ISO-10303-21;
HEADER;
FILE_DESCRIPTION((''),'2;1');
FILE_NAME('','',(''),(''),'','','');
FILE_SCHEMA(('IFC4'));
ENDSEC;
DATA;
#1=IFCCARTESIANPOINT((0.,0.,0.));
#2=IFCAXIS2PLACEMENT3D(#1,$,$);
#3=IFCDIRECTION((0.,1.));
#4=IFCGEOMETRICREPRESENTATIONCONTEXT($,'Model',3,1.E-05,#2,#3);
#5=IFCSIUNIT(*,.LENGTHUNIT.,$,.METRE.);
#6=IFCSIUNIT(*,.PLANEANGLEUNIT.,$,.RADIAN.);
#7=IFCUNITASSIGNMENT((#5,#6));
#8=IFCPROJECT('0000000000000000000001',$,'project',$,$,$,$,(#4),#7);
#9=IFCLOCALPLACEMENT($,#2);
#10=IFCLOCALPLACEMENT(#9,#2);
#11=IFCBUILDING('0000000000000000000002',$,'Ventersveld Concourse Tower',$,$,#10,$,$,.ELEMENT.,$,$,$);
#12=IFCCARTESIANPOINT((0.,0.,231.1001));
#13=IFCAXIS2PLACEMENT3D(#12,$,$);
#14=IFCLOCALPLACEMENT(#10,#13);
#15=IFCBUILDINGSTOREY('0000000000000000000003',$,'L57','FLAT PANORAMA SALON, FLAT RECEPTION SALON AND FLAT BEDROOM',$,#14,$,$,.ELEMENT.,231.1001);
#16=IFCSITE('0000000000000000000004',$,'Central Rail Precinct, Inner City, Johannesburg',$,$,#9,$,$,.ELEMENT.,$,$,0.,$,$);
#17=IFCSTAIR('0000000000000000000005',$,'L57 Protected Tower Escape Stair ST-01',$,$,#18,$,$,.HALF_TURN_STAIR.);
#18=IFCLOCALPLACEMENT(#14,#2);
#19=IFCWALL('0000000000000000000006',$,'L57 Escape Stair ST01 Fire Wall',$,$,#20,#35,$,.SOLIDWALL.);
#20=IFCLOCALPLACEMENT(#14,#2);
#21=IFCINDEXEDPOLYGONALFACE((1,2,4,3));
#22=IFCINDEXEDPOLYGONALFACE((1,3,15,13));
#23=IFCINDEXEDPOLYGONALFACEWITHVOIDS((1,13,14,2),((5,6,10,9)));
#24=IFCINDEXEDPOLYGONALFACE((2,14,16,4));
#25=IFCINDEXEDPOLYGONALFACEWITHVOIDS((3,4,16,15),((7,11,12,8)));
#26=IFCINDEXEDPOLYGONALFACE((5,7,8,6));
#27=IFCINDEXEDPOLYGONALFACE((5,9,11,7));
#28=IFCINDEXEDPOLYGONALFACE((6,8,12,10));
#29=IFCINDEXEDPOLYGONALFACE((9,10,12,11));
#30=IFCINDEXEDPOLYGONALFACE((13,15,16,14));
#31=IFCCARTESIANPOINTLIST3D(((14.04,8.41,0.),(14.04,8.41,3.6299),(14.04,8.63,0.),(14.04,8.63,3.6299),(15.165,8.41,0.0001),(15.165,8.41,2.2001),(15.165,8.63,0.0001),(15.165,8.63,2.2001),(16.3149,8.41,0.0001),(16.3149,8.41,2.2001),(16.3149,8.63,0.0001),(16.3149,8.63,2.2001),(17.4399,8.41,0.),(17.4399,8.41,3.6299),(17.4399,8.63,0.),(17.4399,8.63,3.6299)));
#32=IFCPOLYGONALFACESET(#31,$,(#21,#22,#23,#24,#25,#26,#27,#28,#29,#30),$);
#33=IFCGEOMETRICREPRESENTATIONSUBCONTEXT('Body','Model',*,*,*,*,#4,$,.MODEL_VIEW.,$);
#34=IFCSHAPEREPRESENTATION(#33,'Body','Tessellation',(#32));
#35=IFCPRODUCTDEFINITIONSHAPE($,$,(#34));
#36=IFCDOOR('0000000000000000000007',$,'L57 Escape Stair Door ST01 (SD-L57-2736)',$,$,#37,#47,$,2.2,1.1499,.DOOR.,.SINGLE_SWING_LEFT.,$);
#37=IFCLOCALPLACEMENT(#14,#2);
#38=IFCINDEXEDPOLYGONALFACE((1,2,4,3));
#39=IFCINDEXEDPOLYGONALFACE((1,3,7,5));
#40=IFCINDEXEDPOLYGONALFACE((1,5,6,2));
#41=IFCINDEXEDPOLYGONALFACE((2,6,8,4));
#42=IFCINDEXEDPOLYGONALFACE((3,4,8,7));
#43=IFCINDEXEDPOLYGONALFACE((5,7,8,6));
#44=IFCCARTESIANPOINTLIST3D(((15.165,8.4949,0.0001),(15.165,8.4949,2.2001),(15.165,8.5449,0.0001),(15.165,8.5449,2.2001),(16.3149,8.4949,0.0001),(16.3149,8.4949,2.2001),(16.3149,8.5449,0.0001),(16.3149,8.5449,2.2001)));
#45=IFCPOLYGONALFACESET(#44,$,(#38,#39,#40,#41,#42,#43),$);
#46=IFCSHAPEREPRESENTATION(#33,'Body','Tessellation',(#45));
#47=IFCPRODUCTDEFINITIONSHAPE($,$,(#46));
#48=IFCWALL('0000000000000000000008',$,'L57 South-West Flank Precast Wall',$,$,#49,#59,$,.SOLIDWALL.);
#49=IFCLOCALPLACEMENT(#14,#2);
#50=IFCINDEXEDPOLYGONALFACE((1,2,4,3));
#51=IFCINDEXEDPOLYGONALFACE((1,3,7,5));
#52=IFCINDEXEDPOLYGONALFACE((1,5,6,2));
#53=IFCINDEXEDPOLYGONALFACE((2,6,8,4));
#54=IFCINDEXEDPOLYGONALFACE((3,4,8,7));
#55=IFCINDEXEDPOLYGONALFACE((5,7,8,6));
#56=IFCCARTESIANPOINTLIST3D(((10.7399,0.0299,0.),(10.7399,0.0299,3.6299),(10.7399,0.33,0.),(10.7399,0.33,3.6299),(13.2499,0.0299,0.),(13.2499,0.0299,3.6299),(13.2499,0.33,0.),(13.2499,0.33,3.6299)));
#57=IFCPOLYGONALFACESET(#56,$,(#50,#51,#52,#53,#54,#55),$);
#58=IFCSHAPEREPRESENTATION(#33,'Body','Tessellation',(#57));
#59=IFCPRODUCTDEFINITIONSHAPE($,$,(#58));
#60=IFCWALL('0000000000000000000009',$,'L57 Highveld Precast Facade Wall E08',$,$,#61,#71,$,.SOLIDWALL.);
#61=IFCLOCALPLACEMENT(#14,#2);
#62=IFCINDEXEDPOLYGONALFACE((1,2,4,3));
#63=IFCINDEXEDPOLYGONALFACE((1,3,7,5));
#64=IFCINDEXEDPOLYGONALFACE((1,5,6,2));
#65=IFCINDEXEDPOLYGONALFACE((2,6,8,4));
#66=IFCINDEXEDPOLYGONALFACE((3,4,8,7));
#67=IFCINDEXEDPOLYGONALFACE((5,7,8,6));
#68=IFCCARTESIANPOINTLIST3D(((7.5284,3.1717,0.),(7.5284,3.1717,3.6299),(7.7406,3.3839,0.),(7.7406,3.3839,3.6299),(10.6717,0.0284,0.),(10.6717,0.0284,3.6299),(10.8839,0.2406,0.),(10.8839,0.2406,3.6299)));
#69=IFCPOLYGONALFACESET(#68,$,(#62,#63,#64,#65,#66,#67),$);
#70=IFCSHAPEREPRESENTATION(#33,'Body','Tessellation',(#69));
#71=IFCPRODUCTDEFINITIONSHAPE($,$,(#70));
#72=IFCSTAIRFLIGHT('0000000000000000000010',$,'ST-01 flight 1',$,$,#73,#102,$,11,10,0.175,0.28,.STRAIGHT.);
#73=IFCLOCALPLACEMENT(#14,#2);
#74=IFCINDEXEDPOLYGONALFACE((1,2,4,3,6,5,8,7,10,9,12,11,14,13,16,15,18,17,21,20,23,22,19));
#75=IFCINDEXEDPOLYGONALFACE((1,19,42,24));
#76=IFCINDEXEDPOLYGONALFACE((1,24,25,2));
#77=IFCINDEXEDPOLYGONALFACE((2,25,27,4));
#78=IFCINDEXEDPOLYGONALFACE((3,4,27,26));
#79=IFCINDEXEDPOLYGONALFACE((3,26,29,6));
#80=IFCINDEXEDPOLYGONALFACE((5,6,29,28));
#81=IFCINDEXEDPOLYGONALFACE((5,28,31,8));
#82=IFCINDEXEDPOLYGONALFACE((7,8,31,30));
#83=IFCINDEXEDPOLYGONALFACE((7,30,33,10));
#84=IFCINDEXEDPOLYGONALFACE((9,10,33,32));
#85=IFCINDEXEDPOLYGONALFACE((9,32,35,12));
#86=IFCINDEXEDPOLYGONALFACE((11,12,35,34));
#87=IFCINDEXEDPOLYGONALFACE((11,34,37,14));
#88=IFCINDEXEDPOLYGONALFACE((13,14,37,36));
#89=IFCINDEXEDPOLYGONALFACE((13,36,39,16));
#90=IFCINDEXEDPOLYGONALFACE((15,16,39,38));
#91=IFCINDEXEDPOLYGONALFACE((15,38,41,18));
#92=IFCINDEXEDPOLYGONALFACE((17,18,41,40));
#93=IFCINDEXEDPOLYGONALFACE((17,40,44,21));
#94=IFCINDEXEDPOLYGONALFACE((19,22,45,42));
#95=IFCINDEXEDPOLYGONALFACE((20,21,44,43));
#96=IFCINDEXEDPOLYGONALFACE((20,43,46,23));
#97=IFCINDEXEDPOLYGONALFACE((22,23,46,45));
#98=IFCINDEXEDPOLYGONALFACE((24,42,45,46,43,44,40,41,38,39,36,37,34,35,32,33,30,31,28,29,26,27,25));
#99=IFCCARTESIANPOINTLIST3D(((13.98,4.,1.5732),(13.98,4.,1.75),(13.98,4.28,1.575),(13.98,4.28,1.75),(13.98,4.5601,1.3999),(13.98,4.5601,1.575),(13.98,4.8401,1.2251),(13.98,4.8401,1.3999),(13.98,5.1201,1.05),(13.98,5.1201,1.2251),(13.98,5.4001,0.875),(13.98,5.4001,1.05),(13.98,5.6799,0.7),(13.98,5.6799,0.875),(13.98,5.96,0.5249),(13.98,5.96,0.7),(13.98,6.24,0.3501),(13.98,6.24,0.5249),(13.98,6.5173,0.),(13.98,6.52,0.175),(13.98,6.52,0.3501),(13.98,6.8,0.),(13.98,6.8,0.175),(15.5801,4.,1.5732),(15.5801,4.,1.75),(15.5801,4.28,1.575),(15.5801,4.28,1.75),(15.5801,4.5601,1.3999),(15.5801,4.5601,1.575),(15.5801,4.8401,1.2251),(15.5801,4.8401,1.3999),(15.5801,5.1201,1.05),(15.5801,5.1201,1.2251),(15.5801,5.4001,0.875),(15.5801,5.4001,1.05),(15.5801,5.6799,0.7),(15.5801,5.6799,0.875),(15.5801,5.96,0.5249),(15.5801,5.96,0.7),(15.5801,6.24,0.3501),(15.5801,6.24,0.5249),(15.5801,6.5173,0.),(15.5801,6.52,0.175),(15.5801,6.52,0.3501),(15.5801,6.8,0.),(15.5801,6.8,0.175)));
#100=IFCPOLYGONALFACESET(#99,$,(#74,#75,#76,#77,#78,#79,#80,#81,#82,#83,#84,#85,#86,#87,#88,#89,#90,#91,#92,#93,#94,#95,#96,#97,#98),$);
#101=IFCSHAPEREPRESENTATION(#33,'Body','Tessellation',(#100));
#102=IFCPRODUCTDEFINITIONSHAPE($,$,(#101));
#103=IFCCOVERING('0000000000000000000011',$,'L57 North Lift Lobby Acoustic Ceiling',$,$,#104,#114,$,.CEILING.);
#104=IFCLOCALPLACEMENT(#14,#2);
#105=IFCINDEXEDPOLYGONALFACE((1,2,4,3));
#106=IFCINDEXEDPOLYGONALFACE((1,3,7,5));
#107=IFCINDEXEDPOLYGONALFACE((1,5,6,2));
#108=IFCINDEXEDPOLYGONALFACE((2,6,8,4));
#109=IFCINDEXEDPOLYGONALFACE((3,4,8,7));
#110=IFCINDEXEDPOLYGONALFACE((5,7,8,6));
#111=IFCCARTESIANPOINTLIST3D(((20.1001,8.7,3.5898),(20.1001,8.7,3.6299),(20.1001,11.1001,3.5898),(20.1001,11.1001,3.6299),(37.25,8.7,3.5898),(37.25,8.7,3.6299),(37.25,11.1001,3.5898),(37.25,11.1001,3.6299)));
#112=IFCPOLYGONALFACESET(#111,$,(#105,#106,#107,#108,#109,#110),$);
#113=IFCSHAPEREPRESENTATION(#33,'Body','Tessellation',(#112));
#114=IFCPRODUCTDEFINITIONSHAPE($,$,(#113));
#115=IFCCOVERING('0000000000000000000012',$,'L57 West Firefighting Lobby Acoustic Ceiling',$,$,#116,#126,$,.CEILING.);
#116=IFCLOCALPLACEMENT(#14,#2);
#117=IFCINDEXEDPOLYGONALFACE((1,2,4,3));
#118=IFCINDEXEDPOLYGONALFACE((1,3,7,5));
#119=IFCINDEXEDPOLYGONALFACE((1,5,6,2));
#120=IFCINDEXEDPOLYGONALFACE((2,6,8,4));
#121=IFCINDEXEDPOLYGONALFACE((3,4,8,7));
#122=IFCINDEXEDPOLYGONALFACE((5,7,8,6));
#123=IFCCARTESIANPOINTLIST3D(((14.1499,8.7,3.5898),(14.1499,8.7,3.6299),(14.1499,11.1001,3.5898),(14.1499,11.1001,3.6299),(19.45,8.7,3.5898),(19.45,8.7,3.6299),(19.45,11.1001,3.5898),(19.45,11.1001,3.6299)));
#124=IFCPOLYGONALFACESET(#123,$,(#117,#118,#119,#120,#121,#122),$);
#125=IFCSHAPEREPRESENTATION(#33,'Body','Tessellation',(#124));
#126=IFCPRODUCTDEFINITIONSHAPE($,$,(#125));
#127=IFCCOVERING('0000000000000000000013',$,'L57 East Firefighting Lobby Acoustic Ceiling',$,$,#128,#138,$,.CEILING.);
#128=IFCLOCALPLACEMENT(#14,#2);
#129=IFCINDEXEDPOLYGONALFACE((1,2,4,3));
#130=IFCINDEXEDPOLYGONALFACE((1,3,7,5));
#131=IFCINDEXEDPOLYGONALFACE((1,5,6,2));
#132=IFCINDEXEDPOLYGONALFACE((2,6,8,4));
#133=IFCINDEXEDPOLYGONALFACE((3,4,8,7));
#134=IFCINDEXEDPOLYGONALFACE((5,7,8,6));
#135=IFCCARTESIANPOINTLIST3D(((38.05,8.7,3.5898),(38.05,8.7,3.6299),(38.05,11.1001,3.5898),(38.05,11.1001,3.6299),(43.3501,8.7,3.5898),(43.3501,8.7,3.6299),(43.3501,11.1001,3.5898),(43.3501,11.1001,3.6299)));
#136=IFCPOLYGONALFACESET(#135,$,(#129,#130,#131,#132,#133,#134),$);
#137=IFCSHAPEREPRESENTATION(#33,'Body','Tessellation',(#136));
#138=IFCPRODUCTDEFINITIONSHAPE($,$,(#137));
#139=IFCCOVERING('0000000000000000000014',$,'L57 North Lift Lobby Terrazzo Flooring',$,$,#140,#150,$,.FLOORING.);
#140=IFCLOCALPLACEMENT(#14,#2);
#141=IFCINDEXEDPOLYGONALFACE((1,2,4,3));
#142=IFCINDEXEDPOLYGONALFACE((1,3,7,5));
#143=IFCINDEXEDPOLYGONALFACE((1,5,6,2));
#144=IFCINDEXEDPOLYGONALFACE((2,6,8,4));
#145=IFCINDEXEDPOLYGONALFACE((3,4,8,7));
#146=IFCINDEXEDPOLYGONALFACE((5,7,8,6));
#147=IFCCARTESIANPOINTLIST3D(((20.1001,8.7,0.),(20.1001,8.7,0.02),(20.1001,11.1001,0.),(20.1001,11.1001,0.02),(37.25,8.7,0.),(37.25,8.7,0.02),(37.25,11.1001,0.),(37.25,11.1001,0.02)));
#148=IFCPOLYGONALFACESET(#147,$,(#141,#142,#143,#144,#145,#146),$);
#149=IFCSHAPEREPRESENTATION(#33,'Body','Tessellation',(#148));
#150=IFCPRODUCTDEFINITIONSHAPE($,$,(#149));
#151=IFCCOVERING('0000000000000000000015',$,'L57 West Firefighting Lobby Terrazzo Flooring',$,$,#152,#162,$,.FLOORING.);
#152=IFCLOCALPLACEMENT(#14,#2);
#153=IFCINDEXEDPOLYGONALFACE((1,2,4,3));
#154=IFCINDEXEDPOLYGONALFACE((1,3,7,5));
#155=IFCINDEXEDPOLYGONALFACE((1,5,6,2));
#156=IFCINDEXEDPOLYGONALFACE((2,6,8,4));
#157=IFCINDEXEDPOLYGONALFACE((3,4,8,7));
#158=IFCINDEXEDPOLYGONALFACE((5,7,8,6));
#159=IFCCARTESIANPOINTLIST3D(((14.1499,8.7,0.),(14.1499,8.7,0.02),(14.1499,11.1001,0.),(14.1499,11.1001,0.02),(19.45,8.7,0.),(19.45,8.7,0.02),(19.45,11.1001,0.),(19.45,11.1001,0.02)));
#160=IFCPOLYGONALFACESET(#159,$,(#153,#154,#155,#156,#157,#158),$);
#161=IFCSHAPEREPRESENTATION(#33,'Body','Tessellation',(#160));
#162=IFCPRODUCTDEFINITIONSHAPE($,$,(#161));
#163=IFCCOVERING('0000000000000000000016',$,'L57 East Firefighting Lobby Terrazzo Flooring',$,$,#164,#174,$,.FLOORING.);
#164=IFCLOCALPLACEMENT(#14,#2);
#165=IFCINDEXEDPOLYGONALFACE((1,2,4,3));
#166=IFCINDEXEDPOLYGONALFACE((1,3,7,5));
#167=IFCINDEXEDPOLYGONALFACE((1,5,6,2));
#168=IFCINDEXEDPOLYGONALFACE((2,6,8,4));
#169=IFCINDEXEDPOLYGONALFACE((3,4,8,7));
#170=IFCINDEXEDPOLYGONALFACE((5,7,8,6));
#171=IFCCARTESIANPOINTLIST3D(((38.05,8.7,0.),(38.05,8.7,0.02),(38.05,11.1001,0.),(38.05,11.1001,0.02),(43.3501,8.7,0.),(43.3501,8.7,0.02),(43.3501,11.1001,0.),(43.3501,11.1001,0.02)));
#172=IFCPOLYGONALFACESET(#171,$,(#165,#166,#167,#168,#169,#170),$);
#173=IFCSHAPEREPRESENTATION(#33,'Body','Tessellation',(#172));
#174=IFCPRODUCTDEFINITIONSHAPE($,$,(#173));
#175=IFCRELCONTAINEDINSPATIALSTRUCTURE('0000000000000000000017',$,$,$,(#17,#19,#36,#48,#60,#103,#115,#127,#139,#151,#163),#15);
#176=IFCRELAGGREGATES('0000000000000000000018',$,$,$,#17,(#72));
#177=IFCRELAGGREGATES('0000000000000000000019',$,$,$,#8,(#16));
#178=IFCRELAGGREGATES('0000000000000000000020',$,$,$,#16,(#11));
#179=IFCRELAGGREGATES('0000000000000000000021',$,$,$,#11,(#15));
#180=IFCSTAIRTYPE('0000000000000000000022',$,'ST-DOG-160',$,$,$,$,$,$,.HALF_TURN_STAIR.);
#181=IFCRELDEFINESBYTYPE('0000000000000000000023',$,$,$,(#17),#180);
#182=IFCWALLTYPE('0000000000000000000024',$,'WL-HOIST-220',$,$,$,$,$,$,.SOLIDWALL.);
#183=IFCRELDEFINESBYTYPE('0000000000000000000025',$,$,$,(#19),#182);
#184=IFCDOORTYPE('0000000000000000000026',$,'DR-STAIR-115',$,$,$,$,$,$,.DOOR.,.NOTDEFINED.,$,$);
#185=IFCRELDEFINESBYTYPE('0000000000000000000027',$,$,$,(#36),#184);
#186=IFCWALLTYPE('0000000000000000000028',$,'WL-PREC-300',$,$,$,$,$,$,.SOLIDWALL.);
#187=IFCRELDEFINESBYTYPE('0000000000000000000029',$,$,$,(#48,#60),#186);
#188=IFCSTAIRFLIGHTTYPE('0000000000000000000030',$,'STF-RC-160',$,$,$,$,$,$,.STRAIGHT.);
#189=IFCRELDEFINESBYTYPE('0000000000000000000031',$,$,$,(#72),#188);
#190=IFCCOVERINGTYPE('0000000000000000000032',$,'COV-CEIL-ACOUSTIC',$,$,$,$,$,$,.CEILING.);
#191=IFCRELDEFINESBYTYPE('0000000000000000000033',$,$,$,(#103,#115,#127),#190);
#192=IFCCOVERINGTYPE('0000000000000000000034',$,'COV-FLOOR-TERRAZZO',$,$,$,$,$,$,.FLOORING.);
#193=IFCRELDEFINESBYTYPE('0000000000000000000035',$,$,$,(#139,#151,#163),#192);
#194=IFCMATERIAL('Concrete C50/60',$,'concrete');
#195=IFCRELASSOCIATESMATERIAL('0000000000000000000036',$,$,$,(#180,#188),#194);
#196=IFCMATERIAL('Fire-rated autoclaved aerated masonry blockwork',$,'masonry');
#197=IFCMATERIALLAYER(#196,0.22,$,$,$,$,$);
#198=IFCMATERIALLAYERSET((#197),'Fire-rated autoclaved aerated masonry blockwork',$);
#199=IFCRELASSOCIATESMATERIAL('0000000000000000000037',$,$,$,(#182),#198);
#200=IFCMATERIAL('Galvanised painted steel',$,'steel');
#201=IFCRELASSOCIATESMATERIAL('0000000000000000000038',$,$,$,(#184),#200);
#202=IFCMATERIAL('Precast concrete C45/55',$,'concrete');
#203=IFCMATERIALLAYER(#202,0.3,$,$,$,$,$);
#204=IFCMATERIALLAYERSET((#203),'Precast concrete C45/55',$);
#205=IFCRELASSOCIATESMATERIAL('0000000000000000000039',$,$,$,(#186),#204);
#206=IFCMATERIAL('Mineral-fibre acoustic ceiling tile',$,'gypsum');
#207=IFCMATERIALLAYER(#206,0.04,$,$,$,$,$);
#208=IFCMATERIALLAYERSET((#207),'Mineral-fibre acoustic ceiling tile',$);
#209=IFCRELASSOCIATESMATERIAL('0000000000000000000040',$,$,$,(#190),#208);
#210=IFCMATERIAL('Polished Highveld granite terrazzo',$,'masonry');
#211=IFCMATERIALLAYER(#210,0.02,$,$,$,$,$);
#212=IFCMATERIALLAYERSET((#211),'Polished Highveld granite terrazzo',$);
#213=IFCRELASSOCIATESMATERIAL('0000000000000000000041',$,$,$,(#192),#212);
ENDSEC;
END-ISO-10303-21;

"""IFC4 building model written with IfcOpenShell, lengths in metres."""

from ifc_helpers import new_model, si_unit, direction, frame, frame_2d, origin, place, context, subcontext, project, spatial, polyline, rectangle, outline, extrude, material, layer, layer_set, type_object, element, fill, aggregate, save


model = new_model("IFC4")

# Units and contexts
model_context = context("Model", 3, precision=1e-05, world=origin(), true_north=direction((0.0, 1.0)))
body_context = subcontext(model_context, "Body", "Model", "MODEL_VIEW")
ifc_project = project(units=[si_unit("LENGTHUNIT", "METRE"), si_unit("PLANEANGLEUNIT", "RADIAN")], contexts=[model_context])

# Site, building, storey
site_placement = place(None, origin())
site = spatial("IfcSite", under=ifc_project, at=site_placement, Name="Central Rail Precinct, Inner City, Johannesburg", CompositionType="ELEMENT", RefElevation=0.0)
building_placement = place(site_placement, origin())
building = spatial("IfcBuilding", under=site, at=building_placement, Name="Ventersveld Concourse Tower", CompositionType="ELEMENT")
storey_placement = place(building_placement, frame((0.0, 0.0, 231.1001)))
storey = spatial("IfcBuildingStorey", under=building, at=storey_placement, Name="L57", Description="FLAT PANORAMA SALON, FLAT RECEPTION SALON AND FLAT BEDROOM", CompositionType="ELEMENT", Elevation=231.1001)

# Shared definitions
ifc_material_1 = material(Name="Concrete C50/60", Category="concrete")

# Stair
stair_type_1 = type_object("IfcStairType", Name="ST-DOG-160", PredefinedType="HALF_TURN_STAIR", material=ifc_material_1)
stair_1_placement = place(storey_placement, origin())
stair_1 = element("IfcStair", 1, at=stair_1_placement, inside=storey, type_object=stair_type_1, Name="L57 Protected Tower Escape Stair ST-01", PredefinedType="HALF_TURN_STAIR")

# Wall, opening, door
ifc_material_2 = material(Name="Fire-rated autoclaved aerated masonry blockwork", Category="masonry")
ifc_layer_1 = layer(ifc_material_2, 0.22)
ifc_layer_set_1 = layer_set([ifc_layer_1], Name="Fire-rated autoclaved aerated masonry blockwork")
wall_type_1 = type_object("IfcWallType", Name="WL-HOIST-220", PredefinedType="SOLIDWALL", material=ifc_layer_set_1)
wall_1_placement = place(storey_placement, frame((14.04, 8.52, 0.0), z_axis=(0.0, 0.0, 1.0), x_axis=(1.0, 0.0, 0.0)))
wall_1 = element("IfcWall", 2, at=wall_1_placement, inside=storey, type_object=wall_type_1, Name="L57 Escape Stair ST01 Fire Wall", PredefinedType="SOLIDWALL", context=body_context, shape_type="SweptSolid", body=[
    extrude(rectangle(XDim=3.3999, YDim=0.22, at=frame_2d((1.7, 0.0))), origin(), (0.0, 0.0, 1.0), 3.6299),
])
opening_placement = place(wall_1_placement, frame((1.125, 0.0, 0.0)))
opening = element("IfcOpeningElement", 3, at=opening_placement, cuts=wall_1, PredefinedType="OPENING", context=body_context, shape_type="SweptSolid", body=[
    extrude(rectangle(XDim=1.1499, YDim=2.2, at=frame_2d((0.575, 1.1001))), frame((0.0, 0.1201, 0.0), z_axis=(0.0, -1.0, 0.0), x_axis=(1.0, 0.0, 0.0)), (0.0, 0.0, 1.0), 0.24),
])
ifc_material_3 = material(Name="Galvanised painted steel", Category="steel")
door_type = type_object("IfcDoorType", Name="DR-STAIR-115", OperationType="NOTDEFINED", PredefinedType="DOOR", material=ifc_material_3)
door_placement = place(opening_placement, origin())
door = element("IfcDoor", 4, at=door_placement, inside=storey, type_object=door_type, Name="L57 Escape Stair Door ST01 (SD-L57-2736)", OperationType="SINGLE_SWING_LEFT", OverallHeight=2.2, OverallWidth=1.1499, PredefinedType="DOOR", context=body_context, shape_type="SweptSolid", body=[
    extrude(rectangle(XDim=1.1499, YDim=2.2, at=frame_2d((0.575, 1.1001))), frame((0.0, 0.0249, 0.0), z_axis=(0.0, -1.0, 0.0), x_axis=(1.0, 0.0, 0.0)), (0.0, 0.0, 1.0), 0.05),
])
fill(opening, door)

# Walls
ifc_material_4 = material(Name="Precast concrete C45/55", Category="concrete")
ifc_layer_2 = layer(ifc_material_4, 0.3)
ifc_layer_set_2 = layer_set([ifc_layer_2], Name="Precast concrete C45/55")
wall_type_2 = type_object("IfcWallType", Name="WL-PREC-300", PredefinedType="SOLIDWALL", material=ifc_layer_set_2)
wall_2_placement = place(storey_placement, frame((10.74, 0.1799, 0.0), z_axis=(0.0, 0.0, 1.0), x_axis=(1.0, 0.0, 0.0)))
element("IfcWall", 5, at=wall_2_placement, inside=storey, type_object=wall_type_2, Name="L57 South-West Flank Precast Wall", PredefinedType="SOLIDWALL", context=body_context, shape_type="SweptSolid", body=[
    extrude(rectangle(XDim=2.51, YDim=0.3, at=frame_2d((1.2549, 0.0))), origin(), (0.0, 0.0, 1.0), 3.6299),
])
wall_3_placement = place(storey_placement, frame((7.6345, 3.2778, 0.0), z_axis=(0.0, 0.0, 1.0), x_axis=(0.707107, -0.707107, 0.0)))
element("IfcWall", 6, at=wall_3_placement, inside=storey, type_object=wall_type_2, Name="L57 Highveld Precast Facade Wall E08", PredefinedType="SOLIDWALL", context=body_context, shape_type="SweptSolid", body=[
    extrude(rectangle(XDim=4.4453, YDim=0.3, at=frame_2d((2.2227, 0.0))), origin(), (0.0, 0.0, 1.0), 3.6299),
])

# Stair flight
stair_flight_type = type_object("IfcStairFlightType", Name="STF-RC-160", PredefinedType="STRAIGHT", material=ifc_material_1)
stair_flight_placement = place(storey_placement, frame((14.78, 6.8, 0.0), z_axis=(0.0, 0.0, 1.0), x_axis=(0.0, -1.0, 0.0)))
stair_flight = element("IfcStairFlight", 7, at=stair_flight_placement, type_object=stair_flight_type, Name="ST-01 flight 1", NumberOfRisers=11, NumberOfTreads=10, PredefinedType="STRAIGHT", RiserHeight=0.175, TreadLength=0.28, context=body_context, shape_type="SweptSolid", body=[
    extrude(outline(polyline([(0.0, 0.0), (0.0, 0.175), (0.28, 0.175), (0.28, 0.3501), (0.5601, 0.3501), (0.5601, 0.5249), (0.8401, 0.5249), (0.8401, 0.7), (1.1201, 0.7), (1.1201, 0.875), (1.3999, 0.875), (1.3999, 1.05), (1.6799, 1.05), (1.6799, 1.2251), (1.96, 1.2251), (1.96, 1.3999), (2.24, 1.3999), (2.24, 1.575), (2.52, 1.575), (2.52, 1.75), (2.8, 1.75), (2.8, 1.925), (2.8, 1.5732), (0.2827, 0.0), (0.0, 0.0)])), frame((0.0, 0.8, 0.0), z_axis=(0.0, -1.0, 0.0), x_axis=(1.0, 0.0, 0.0)), (0.0, 0.0, 1.0), 1.6001),
])
aggregate(stair_1, [stair_flight])

# Coverings
ifc_material_5 = material(Name="Mineral-fibre acoustic ceiling tile", Category="gypsum")
ifc_layer_3 = layer(ifc_material_5, 0.04)
ifc_layer_set_3 = layer_set([ifc_layer_3], Name="Mineral-fibre acoustic ceiling tile")
covering_type_1 = type_object("IfcCoveringType", Name="COV-CEIL-ACOUSTIC", PredefinedType="CEILING", material=ifc_layer_set_3)
covering_1_placement = place(storey_placement, frame((0.0, 0.0, 3.5898)))
element("IfcCovering", 8, at=covering_1_placement, inside=storey, type_object=covering_type_1, Name="L57 North Lift Lobby Acoustic Ceiling", PredefinedType="CEILING", context=body_context, shape_type="SweptSolid", body=[
    extrude(outline(polyline([(20.1001, 8.7), (37.25, 8.7), (37.25, 11.1001), (20.1001, 11.1001), (20.1001, 8.7)])), origin(), (0.0, 0.0, 1.0), 0.04),
])
covering_2_placement = place(storey_placement, frame((0.0, 0.0, 3.5898)))
element("IfcCovering", 9, at=covering_2_placement, inside=storey, type_object=covering_type_1, Name="L57 West Firefighting Lobby Acoustic Ceiling", PredefinedType="CEILING", context=body_context, shape_type="SweptSolid", body=[
    extrude(outline(polyline([(14.1499, 8.7), (19.45, 8.7), (19.45, 11.1001), (14.1499, 11.1001), (14.1499, 8.7)])), origin(), (0.0, 0.0, 1.0), 0.04),
])
covering_3_placement = place(storey_placement, frame((0.0, 0.0, 3.5898)))
element("IfcCovering", 10, at=covering_3_placement, inside=storey, type_object=covering_type_1, Name="L57 East Firefighting Lobby Acoustic Ceiling", PredefinedType="CEILING", context=body_context, shape_type="SweptSolid", body=[
    extrude(outline(polyline([(38.05, 8.7), (43.3501, 8.7), (43.3501, 11.1001), (38.05, 11.1001), (38.05, 8.7)])), origin(), (0.0, 0.0, 1.0), 0.04),
])
ifc_material_6 = material(Name="Polished Highveld granite terrazzo", Category="masonry")
ifc_layer_4 = layer(ifc_material_6, 0.02)
ifc_layer_set_4 = layer_set([ifc_layer_4], Name="Polished Highveld granite terrazzo")
covering_type_2 = type_object("IfcCoveringType", Name="COV-FLOOR-TERRAZZO", PredefinedType="FLOORING", material=ifc_layer_set_4)
covering_4_placement = place(storey_placement, origin())
element("IfcCovering", 11, at=covering_4_placement, inside=storey, type_object=covering_type_2, Name="L57 North Lift Lobby Terrazzo Flooring", PredefinedType="FLOORING", context=body_context, shape_type="SweptSolid", body=[
    extrude(outline(polyline([(20.1001, 8.7), (37.25, 8.7), (37.25, 11.1001), (20.1001, 11.1001), (20.1001, 8.7)])), origin(), (0.0, 0.0, 1.0), 0.02),
])
covering_5_placement = place(storey_placement, origin())
element("IfcCovering", 12, at=covering_5_placement, inside=storey, type_object=covering_type_2, Name="L57 West Firefighting Lobby Terrazzo Flooring", PredefinedType="FLOORING", context=body_context, shape_type="SweptSolid", body=[
    extrude(outline(polyline([(14.1499, 8.7), (19.45, 8.7), (19.45, 11.1001), (14.1499, 11.1001), (14.1499, 8.7)])), origin(), (0.0, 0.0, 1.0), 0.02),
])
covering_6_placement = place(storey_placement, origin())
element("IfcCovering", 13, at=covering_6_placement, inside=storey, type_object=covering_type_2, Name="L57 East Firefighting Lobby Terrazzo Flooring", PredefinedType="FLOORING", context=body_context, shape_type="SweptSolid", body=[
    extrude(outline(polyline([(38.05, 8.7), (43.3501, 8.7), (43.3501, 11.1001), (38.05, 11.1001), (38.05, 8.7)])), origin(), (0.0, 0.0, 1.0), 0.02),
])

save(model, "model.ifc")
